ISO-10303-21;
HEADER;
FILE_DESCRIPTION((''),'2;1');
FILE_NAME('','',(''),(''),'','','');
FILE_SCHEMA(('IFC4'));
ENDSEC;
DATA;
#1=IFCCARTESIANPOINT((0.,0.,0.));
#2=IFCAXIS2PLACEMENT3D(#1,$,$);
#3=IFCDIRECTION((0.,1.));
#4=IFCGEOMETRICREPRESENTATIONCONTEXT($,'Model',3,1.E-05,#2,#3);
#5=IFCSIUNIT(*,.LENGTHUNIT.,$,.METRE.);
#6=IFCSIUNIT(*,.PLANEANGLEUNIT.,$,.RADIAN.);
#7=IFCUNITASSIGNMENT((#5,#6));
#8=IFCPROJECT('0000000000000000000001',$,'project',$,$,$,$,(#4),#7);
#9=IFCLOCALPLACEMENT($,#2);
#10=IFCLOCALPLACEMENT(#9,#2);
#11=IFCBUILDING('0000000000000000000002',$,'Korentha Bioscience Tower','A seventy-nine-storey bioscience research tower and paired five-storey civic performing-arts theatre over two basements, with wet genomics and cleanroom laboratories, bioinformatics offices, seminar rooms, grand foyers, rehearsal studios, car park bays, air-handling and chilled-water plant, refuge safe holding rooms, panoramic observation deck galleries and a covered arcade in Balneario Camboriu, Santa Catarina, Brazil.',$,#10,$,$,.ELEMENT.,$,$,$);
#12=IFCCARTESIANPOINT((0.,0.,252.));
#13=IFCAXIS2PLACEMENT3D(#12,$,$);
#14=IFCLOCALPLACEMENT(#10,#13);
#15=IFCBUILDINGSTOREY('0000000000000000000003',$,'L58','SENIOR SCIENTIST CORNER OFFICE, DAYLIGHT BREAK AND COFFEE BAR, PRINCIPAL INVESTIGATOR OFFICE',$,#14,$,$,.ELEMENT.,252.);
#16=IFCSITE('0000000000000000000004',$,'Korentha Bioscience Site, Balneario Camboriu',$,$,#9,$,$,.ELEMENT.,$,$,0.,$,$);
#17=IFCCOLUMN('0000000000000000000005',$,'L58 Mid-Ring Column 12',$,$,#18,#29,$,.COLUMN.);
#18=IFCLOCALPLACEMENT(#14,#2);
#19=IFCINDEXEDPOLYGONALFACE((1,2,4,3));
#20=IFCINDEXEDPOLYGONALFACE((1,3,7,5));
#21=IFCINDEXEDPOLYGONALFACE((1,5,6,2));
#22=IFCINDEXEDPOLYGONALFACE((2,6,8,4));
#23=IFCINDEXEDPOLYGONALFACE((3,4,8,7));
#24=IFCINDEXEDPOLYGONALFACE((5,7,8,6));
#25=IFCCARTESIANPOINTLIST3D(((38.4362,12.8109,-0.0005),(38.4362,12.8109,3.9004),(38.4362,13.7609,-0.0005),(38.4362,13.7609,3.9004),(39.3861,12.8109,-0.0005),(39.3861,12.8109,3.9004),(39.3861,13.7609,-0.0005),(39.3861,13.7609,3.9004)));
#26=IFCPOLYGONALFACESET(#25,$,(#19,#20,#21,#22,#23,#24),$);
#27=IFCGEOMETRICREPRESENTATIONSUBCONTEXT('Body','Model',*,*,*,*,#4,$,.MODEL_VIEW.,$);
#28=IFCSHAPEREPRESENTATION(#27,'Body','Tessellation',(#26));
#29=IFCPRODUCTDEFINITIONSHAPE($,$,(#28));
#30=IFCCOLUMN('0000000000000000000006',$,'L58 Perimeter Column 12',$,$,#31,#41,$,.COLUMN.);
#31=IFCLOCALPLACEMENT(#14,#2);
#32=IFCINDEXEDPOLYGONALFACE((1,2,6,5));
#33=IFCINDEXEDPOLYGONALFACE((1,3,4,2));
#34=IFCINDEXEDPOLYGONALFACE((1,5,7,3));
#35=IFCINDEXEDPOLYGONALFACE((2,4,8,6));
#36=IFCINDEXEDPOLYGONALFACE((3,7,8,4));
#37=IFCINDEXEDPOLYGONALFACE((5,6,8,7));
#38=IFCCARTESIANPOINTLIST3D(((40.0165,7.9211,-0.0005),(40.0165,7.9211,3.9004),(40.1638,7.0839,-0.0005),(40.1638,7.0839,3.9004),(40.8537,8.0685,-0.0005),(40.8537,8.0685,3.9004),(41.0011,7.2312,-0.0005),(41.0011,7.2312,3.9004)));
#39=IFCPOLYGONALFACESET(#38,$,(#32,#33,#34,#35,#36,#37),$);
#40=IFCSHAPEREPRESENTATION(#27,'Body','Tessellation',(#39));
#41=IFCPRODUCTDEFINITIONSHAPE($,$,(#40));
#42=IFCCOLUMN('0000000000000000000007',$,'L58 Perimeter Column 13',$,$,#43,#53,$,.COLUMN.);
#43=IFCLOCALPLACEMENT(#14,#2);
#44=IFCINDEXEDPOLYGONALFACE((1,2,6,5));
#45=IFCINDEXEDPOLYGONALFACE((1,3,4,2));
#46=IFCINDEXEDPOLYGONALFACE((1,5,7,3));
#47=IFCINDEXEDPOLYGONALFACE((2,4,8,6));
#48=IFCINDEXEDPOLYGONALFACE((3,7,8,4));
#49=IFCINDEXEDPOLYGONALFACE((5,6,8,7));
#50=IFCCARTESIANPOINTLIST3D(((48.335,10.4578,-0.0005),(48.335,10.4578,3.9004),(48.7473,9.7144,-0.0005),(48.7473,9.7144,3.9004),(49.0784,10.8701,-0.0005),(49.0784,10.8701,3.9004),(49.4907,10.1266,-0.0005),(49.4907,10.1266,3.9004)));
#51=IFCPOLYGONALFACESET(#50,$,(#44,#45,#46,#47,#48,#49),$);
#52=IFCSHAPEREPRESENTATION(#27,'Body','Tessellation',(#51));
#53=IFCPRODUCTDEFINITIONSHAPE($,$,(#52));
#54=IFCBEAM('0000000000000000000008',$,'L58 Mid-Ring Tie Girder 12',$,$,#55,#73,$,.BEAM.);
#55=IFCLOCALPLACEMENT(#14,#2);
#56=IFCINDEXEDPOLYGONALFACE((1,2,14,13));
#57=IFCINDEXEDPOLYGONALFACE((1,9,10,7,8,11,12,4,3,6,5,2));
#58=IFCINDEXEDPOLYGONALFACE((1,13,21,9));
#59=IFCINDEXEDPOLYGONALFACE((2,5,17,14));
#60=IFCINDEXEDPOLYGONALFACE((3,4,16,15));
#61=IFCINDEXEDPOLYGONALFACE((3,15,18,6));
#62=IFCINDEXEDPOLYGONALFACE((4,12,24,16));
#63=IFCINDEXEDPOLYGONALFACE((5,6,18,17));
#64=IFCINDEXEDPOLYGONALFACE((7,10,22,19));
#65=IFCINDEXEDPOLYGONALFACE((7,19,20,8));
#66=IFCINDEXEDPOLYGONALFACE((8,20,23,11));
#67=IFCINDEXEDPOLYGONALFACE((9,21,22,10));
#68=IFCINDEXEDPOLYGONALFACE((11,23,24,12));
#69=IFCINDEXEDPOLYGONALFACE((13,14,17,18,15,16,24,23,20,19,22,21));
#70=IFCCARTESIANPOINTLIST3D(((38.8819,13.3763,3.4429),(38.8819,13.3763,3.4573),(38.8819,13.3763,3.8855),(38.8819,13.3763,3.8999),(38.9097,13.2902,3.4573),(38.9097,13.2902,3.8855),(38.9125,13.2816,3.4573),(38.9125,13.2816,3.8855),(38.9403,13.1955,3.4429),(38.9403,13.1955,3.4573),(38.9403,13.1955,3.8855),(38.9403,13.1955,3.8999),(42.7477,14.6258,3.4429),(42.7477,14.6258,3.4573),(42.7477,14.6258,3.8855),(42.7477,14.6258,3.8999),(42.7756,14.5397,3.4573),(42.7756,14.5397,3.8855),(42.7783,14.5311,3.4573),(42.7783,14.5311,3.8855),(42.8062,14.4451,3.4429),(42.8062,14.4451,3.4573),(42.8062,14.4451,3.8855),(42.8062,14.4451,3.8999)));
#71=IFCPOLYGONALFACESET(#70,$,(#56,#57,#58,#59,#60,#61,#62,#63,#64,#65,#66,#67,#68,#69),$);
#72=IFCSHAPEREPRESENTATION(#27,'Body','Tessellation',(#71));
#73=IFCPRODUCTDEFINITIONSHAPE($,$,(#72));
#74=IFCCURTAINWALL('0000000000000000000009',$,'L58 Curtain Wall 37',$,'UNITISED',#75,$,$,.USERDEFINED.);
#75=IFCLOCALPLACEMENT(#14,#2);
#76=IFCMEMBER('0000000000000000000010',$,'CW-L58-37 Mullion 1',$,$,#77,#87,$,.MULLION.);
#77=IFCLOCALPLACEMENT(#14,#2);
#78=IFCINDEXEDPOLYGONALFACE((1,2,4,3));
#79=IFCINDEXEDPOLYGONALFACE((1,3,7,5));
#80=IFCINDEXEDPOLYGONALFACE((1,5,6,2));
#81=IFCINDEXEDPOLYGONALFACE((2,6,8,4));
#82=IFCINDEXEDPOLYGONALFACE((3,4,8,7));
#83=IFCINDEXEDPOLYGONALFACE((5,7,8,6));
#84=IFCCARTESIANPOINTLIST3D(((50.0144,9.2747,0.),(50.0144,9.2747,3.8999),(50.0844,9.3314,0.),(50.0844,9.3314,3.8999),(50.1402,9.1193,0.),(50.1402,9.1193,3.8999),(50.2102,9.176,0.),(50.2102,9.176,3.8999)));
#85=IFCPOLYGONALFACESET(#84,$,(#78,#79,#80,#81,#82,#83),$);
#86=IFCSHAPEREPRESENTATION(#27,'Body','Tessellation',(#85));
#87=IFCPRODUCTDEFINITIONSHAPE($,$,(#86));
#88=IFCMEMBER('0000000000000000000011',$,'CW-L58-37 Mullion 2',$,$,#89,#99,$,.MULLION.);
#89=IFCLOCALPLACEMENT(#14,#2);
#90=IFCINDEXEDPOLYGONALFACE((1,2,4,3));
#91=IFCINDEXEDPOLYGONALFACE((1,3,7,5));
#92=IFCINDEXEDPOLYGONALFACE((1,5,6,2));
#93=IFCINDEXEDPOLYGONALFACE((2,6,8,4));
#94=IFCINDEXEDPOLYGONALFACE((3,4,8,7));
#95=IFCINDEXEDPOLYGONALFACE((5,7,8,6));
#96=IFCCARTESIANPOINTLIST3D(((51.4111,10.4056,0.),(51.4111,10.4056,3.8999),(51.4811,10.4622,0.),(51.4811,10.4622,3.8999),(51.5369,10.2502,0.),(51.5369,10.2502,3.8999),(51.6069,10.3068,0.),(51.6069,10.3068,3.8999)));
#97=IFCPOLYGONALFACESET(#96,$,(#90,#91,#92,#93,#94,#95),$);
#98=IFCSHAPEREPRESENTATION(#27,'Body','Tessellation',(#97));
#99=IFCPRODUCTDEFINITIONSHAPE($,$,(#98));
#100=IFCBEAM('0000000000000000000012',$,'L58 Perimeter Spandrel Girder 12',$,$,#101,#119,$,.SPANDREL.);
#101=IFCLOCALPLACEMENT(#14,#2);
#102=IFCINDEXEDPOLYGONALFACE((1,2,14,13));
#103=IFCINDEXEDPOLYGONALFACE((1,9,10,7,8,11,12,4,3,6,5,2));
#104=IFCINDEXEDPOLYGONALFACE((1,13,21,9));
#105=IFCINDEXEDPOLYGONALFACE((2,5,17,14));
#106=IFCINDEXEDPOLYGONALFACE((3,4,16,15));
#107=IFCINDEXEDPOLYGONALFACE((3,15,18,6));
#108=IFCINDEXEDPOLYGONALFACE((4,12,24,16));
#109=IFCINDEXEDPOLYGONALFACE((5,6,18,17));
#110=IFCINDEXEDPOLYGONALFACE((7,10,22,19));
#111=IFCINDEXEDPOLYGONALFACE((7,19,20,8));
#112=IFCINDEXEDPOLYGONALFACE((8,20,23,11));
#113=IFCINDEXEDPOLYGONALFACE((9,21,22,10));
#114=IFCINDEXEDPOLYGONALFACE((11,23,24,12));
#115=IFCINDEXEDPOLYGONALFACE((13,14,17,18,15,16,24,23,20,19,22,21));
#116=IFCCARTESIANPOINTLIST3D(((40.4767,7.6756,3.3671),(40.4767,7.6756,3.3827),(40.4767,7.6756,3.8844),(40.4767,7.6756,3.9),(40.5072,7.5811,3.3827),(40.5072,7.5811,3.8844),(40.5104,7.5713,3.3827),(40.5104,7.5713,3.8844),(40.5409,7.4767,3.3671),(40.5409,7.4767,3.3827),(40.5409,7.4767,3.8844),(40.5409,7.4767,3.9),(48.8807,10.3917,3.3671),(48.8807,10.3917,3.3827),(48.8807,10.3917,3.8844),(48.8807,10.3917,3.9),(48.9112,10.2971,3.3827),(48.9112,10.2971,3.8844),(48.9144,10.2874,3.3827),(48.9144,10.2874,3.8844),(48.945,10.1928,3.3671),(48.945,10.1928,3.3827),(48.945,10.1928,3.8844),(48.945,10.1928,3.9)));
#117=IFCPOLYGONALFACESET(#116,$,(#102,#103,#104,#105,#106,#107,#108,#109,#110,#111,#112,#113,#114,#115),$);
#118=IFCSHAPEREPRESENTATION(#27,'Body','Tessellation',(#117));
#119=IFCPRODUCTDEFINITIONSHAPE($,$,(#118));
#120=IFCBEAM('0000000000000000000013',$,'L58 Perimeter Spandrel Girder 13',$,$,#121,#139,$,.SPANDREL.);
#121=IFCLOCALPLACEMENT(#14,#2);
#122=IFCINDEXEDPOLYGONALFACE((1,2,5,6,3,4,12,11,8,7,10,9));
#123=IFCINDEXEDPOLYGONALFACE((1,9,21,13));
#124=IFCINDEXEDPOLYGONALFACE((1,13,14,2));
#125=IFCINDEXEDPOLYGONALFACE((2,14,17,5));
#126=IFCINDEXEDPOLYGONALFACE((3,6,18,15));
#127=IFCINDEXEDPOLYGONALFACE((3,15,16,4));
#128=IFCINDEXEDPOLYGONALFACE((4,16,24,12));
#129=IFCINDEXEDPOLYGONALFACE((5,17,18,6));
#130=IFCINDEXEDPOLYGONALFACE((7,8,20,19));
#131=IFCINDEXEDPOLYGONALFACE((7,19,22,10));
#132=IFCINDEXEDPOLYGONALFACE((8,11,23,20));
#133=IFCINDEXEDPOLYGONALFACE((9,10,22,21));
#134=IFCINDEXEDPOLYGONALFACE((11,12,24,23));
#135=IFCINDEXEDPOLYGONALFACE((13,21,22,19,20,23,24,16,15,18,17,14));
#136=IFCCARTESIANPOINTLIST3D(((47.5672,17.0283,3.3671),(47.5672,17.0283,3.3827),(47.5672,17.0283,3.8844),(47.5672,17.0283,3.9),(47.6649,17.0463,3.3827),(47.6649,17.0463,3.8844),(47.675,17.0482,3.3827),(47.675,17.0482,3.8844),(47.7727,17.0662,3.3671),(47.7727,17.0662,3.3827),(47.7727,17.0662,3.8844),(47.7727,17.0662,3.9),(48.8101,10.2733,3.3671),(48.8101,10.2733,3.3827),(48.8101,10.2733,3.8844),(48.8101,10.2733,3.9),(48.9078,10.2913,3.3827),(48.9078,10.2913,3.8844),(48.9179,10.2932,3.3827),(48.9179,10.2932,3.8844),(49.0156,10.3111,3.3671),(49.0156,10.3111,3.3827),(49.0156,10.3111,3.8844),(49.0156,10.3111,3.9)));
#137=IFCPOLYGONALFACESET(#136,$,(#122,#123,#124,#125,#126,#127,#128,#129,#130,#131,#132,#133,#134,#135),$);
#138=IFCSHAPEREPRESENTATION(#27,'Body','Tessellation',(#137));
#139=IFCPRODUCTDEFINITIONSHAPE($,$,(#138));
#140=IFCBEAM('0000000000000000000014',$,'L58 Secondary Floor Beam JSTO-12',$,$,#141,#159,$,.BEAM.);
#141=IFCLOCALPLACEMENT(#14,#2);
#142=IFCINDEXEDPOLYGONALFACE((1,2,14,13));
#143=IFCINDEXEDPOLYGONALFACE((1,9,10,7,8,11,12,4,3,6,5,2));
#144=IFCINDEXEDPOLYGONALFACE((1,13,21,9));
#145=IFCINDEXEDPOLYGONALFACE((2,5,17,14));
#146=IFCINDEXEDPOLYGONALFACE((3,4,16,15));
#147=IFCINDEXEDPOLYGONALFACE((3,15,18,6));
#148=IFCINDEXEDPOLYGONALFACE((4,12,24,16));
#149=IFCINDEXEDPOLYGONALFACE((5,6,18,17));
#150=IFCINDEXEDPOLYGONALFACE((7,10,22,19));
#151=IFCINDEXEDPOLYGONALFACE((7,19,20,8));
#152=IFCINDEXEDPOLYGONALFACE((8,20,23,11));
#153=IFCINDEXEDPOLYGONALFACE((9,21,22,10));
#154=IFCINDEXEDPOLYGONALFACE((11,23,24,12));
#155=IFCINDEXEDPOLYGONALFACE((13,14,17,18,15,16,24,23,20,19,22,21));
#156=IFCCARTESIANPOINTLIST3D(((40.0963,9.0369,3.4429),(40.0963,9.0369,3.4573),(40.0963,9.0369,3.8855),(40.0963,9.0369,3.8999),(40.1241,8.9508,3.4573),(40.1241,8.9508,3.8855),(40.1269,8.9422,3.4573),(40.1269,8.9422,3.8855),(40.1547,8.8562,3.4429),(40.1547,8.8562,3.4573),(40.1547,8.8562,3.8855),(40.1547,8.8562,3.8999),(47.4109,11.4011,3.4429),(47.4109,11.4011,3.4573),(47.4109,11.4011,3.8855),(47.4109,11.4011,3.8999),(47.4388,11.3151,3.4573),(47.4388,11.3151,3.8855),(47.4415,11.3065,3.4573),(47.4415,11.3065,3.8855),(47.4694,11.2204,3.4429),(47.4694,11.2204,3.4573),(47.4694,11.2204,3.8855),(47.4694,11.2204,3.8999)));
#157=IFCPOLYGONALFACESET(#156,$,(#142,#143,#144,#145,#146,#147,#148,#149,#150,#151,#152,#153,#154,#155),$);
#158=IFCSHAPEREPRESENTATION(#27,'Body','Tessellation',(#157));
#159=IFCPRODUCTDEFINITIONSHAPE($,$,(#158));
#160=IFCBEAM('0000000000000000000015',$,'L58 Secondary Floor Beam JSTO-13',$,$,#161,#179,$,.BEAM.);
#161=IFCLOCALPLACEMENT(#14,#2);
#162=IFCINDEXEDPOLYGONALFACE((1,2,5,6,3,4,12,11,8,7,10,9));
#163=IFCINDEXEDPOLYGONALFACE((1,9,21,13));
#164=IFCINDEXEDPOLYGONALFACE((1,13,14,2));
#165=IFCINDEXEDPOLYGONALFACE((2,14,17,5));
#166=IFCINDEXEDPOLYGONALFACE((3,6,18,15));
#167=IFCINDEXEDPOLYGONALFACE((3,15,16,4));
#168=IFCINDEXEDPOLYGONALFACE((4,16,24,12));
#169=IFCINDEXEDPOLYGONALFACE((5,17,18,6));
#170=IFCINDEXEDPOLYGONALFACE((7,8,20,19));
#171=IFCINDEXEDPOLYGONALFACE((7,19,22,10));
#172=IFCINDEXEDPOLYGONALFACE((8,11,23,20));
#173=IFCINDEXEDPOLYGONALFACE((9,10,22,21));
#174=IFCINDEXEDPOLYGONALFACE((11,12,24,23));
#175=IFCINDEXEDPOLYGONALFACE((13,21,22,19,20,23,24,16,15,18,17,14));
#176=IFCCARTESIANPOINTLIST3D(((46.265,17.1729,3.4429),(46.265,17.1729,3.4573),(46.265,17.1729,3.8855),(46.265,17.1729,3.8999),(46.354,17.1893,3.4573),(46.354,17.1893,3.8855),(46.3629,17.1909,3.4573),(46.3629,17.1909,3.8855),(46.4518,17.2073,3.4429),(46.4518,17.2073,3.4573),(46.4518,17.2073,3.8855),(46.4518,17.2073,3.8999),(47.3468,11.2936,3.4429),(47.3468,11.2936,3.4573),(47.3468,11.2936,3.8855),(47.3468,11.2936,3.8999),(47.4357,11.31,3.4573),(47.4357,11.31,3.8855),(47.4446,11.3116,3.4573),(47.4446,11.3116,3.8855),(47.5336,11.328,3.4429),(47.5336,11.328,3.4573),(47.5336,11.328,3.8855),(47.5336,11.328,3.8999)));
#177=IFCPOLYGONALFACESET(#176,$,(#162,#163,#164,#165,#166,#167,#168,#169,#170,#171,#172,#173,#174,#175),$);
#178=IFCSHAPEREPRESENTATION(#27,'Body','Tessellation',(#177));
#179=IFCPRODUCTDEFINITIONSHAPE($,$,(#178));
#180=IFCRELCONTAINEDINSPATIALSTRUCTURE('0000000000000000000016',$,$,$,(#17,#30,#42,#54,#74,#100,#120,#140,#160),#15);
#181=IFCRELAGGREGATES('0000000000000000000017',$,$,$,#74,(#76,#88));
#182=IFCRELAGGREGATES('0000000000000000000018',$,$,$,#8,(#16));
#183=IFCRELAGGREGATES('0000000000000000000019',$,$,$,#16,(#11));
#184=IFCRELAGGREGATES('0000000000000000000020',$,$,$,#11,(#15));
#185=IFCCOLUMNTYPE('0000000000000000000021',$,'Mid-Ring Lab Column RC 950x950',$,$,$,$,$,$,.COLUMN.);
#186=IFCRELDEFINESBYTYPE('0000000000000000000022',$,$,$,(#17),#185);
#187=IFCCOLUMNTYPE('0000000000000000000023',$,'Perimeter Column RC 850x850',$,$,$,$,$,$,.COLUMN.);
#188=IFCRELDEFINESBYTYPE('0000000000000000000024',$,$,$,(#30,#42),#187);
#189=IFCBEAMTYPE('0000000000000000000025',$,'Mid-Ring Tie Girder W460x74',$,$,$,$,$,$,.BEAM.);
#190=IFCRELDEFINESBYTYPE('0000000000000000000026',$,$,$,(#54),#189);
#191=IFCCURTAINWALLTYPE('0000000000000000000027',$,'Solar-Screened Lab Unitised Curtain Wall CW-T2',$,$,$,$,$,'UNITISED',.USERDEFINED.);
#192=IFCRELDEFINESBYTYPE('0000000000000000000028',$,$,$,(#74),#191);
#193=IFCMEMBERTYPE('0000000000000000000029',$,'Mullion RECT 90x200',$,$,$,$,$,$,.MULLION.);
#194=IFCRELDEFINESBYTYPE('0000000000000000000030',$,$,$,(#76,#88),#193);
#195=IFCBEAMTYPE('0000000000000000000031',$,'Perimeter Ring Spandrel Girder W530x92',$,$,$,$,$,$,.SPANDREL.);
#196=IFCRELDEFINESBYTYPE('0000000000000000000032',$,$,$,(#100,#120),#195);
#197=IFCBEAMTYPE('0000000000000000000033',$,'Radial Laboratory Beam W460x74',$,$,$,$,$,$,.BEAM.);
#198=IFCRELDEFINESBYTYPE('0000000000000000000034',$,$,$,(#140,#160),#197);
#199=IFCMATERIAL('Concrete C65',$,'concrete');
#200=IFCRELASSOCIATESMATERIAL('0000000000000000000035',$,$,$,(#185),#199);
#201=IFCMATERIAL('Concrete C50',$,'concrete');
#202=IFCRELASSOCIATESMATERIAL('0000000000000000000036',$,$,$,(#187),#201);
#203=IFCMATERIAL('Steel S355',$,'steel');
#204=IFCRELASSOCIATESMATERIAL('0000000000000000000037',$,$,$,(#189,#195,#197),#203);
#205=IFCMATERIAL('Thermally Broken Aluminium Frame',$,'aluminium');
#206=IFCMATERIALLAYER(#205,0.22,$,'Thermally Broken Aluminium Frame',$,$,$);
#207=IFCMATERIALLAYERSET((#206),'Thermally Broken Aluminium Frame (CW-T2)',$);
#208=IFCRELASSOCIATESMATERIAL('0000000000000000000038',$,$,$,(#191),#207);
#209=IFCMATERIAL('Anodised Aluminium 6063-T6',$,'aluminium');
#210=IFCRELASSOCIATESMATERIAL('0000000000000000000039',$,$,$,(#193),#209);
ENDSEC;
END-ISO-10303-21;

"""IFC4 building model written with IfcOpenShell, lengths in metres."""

from ifc_helpers import new_model, si_unit, direction, frame, origin, origin_2d, place, context, subcontext, project, spatial, rectangle, i_section, extrude, material, layer, layer_set, material_profile, profile_set, type_object, element, aggregate, save


model = new_model("IFC4")

# Units and contexts
model_context = context("Model", 3, precision=1e-05, world=origin(), true_north=direction((0.0, 1.0)))
body_context = subcontext(model_context, "Body", "Model", "MODEL_VIEW")
ifc_project = project(units=[si_unit("LENGTHUNIT", "METRE"), si_unit("PLANEANGLEUNIT", "RADIAN")], contexts=[model_context])

# Site, building, storey
site_placement = place(None, origin())
site = spatial("IfcSite", under=ifc_project, at=site_placement, Name="Korentha Bioscience Site, Balneario Camboriu", CompositionType="ELEMENT", RefElevation=0.0)
building_placement = place(site_placement, origin())
building = spatial("IfcBuilding", under=site, at=building_placement, Name="Korentha Bioscience Tower", Description="A seventy-nine-storey bioscience research tower and paired five-storey civic performing-arts theatre over two basements, with wet genomics and cleanroom laboratories, bioinformatics offices, seminar rooms, grand foyers, rehearsal studios, car park bays, air-handling and chilled-water plant, refuge safe holding rooms, panoramic observation deck galleries and a covered arcade in Balneario Camboriu, Santa Catarina, Brazil.", CompositionType="ELEMENT")
storey_placement = place(building_placement, frame((0.0, 0.0, 252.0)))
storey = spatial("IfcBuildingStorey", under=building, at=storey_placement, Name="L58", Description="SENIOR SCIENTIST CORNER OFFICE, DAYLIGHT BREAK AND COFFEE BAR, PRINCIPAL INVESTIGATOR OFFICE", CompositionType="ELEMENT", Elevation=252.0)

# Columns
ifc_material_1 = material(Name="Concrete C65", Category="concrete")
ifc_material_profile_1 = material_profile(ifc_material_1, rectangle(XDim=0.95, YDim=0.95, at=origin_2d()), Name="Concrete C65")
ifc_profile_set_1 = profile_set([ifc_material_profile_1], Name="Concrete C65 (COL-MR09)")
column_type_1 = type_object("IfcColumnType", Name="Mid-Ring Lab Column RC 950x950", PredefinedType="COLUMN", material=ifc_profile_set_1)
column_placement = place(storey_placement, frame((38.9111, 13.2859, -0.0005), z_axis=(0.0, 0.0, 1.0), x_axis=(1.0, 0.0, 0.0)))
element("IfcColumn", 1, at=column_placement, inside=storey, type_object=column_type_1, Name="L58 Mid-Ring Column 12", PredefinedType="COLUMN", context=body_context, shape_type="SweptSolid", body=[
    extrude(rectangle(XDim=0.95, YDim=0.95, at=origin_2d()), origin(), (0.0, 0.0, 1.0), 3.9009),
])
ifc_material_2 = material(Name="Concrete C50", Category="concrete")
ifc_material_profile_2 = material_profile(ifc_material_2, rectangle(XDim=0.8501, YDim=0.8501, at=origin_2d()), Name="Concrete C50")
ifc_profile_set_2 = profile_set([ifc_material_profile_2], Name="Concrete C50 (COL-P08)")
column_type_2 = type_object("IfcColumnType", Name="Perimeter Column RC 850x850", PredefinedType="COLUMN", material=ifc_profile_set_2)
for number, where, z_axis, x_axis, name in (
    (2, (40.5088, 7.5762, -0.0005), (0.0, 0.0, 1.0), (0.984868, 0.173304, 0.0), "L58 Perimeter Column 12"),
    (3, (48.9128, 10.2922, -0.0005), (0.0, 0.0, 1.0), (0.874535, 0.484962, 0.0), "L58 Perimeter Column 13"),
):
    element("IfcColumn", number, at=place(storey_placement, frame(where, z_axis=z_axis, x_axis=x_axis)), inside=storey, type_object=column_type_2, Name=name, PredefinedType="COLUMN", context=body_context, shape_type="SweptSolid", body=[
        extrude(rectangle(XDim=0.8501, YDim=0.8501, at=origin_2d()), origin(), (0.0, 0.0, 1.0), 3.9009),
    ])

# Beam
ifc_material_3 = material(Name="Steel S355", Category="steel")
ifc_material_profile_3 = material_profile(ifc_material_3, i_section(OverallWidth=0.1899, OverallDepth=0.457, WebThickness=0.009, FlangeThickness=0.0144, at=origin_2d()), Name="Steel S355")
ifc_profile_set_3 = profile_set([ifc_material_profile_3], Name="Steel S355 (MB-460)")
beam_type_1 = type_object("IfcBeamType", Name="Mid-Ring Tie Girder W460x74", PredefinedType="BEAM", material=ifc_profile_set_3)
beam_1_placement = place(storey_placement, frame((38.9111, 13.2859, 3.6714), z_axis=(0.951528, 0.307561, 0.0), x_axis=(-0.307561, 0.951528, 0.0)))
element("IfcBeam", 4, at=beam_1_placement, inside=storey, type_object=beam_type_1, Name="L58 Mid-Ring Tie Girder 12", PredefinedType="BEAM", context=body_context, shape_type="SweptSolid", body=[
    extrude(i_section(OverallWidth=0.1899, OverallDepth=0.457, WebThickness=0.009, FlangeThickness=0.0144, at=origin_2d()), origin(), (0.0, 0.0, 1.0), 4.0627),
])

# Curtain wall, members
ifc_material_4 = material(Name="Thermally Broken Aluminium Frame", Category="aluminium")
ifc_layer_1 = layer(ifc_material_4, 0.22, Name="Thermally Broken Aluminium Frame")
ifc_layer_set_1 = layer_set([ifc_layer_1], Name="Thermally Broken Aluminium Frame (CW-T2)")
curtain_wall_type = type_object("IfcCurtainWallType", Name="Solar-Screened Lab Unitised Curtain Wall CW-T2", ElementType="UNITISED", PredefinedType="USERDEFINED", material=ifc_layer_set_1)
curtain_wall_placement = place(storey_placement, origin())
curtain_wall = element("IfcCurtainWall", 5, at=curtain_wall_placement, inside=storey, type_object=curtain_wall_type, Name="L58 Curtain Wall 37", ObjectType="UNITISED", PredefinedType="USERDEFINED")
ifc_material_5 = material(Name="Anodised Aluminium 6063-T6", Category="aluminium")
ifc_material_profile_4 = material_profile(ifc_material_5, rectangle(XDim=0.0901, YDim=0.2, at=origin_2d()), Name="Anodised Aluminium 6063-T6")
ifc_profile_set_4 = profile_set([ifc_material_profile_4], Name="Anodised Aluminium 6063-T6 (CW-MUL)")
member_type_1 = type_object("IfcMemberType", Name="Mullion RECT 90x200", PredefinedType="MULLION", material=ifc_profile_set_4)
member_1_placement = place(storey_placement, frame((50.1123, 9.2253, 0.0), z_axis=(0.0, 0.0, 1.0), x_axis=(0.777226, 0.629221, 0.0)))
member_1 = element("IfcMember", 6, at=member_1_placement, type_object=member_type_1, Name="CW-L58-37 Mullion 1", PredefinedType="MULLION", context=body_context, shape_type="SweptSolid", body=[
    extrude(rectangle(XDim=0.0901, YDim=0.2, at=origin_2d()), origin(), (0.0, 0.0, 1.0), 3.8999),
])
member_2_placement = place(storey_placement, frame((51.509, 10.3562, 0.0), z_axis=(0.0, 0.0, 1.0), x_axis=(0.777226, 0.629221, 0.0)))
member_2 = element("IfcMember", 7, at=member_2_placement, type_object=member_type_1, Name="CW-L58-37 Mullion 2", PredefinedType="MULLION", context=body_context, shape_type="SweptSolid", body=[
    extrude(rectangle(XDim=0.0901, YDim=0.2, at=origin_2d()), origin(), (0.0, 0.0, 1.0), 3.8999),
])

# Beams
ifc_material_profile_5 = material_profile(ifc_material_3, i_section(OverallWidth=0.209, OverallDepth=0.533, WebThickness=0.0103, FlangeThickness=0.0156, at=origin_2d()), Name="Steel S355")
ifc_profile_set_5 = profile_set([ifc_material_profile_5], Name="Steel S355 (SB-530)")
beam_type_2 = type_object("IfcBeamType", Name="Perimeter Ring Spandrel Girder W530x92", PredefinedType="SPANDREL", material=ifc_profile_set_5)
beam_2_placement = place(storey_placement, frame((40.5088, 7.5762, 3.6335), z_axis=(0.95154, 0.307524, 0.0), x_axis=(-0.307524, 0.95154, 0.0)))
element("IfcBeam", 8, at=beam_2_placement, inside=storey, type_object=beam_type_2, Name="L58 Perimeter Spandrel Girder 12", PredefinedType="SPANDREL", context=body_context, shape_type="SweptSolid", body=[
    extrude(i_section(OverallWidth=0.209, OverallDepth=0.533, WebThickness=0.0103, FlangeThickness=0.0156, at=origin_2d()), origin(), (0.0, 0.0, 1.0), 8.832),
])
beam_3_placement = place(storey_placement, frame((48.9128, 10.2922, 3.6335), z_axis=(-0.180959, 0.983491, 0.0), x_axis=(-0.983491, -0.180959, 0.0)))
element("IfcBeam", 9, at=beam_3_placement, inside=storey, type_object=beam_type_2, Name="L58 Perimeter Spandrel Girder 13", PredefinedType="SPANDREL", context=body_context, shape_type="SweptSolid", body=[
    extrude(i_section(OverallWidth=0.209, OverallDepth=0.533, WebThickness=0.0103, FlangeThickness=0.0156, at=origin_2d()), origin(), (0.0, 0.0, 1.0), 6.8684),
])
ifc_material_profile_6 = material_profile(ifc_material_3, i_section(OverallWidth=0.1899, OverallDepth=0.457, WebThickness=0.009, FlangeThickness=0.0144, at=origin_2d()), Name="Steel S355")
ifc_profile_set_6 = profile_set([ifc_material_profile_6], Name="Steel S355 (RB-460)")
beam_type_3 = type_object("IfcBeamType", Name="Radial Laboratory Beam W460x74", PredefinedType="BEAM", material=ifc_profile_set_6)
beam_4_placement = place(storey_placement, frame((40.1255, 8.9465, 3.6714), z_axis=(0.951531, 0.307554, 0.0), x_axis=(-0.307554, 0.951531, 0.0)))
element("IfcBeam", 10, at=beam_4_placement, inside=storey, type_object=beam_type_3, Name="L58 Secondary Floor Beam JSTO-12", PredefinedType="BEAM", context=body_context, shape_type="SweptSolid", body=[
    extrude(i_section(OverallWidth=0.1899, OverallDepth=0.457, WebThickness=0.009, FlangeThickness=0.0144, at=origin_2d()), origin(), (0.0, 0.0, 1.0), 7.6873),
])
beam_5_placement = place(storey_placement, frame((47.4402, 11.3108, 3.6714), z_axis=(-0.180959, 0.983491, 0.0), x_axis=(-0.983491, -0.180959, 0.0)))
element("IfcBeam", 11, at=beam_5_placement, inside=storey, type_object=beam_type_3, Name="L58 Secondary Floor Beam JSTO-13", PredefinedType="BEAM", context=body_context, shape_type="SweptSolid", body=[
    extrude(i_section(OverallWidth=0.1899, OverallDepth=0.457, WebThickness=0.009, FlangeThickness=0.0144, at=origin_2d()), origin(), (0.0, 0.0, 1.0), 5.978),
])

aggregate(curtain_wall, [member_1, member_2])

save(model, "model.ifc")
